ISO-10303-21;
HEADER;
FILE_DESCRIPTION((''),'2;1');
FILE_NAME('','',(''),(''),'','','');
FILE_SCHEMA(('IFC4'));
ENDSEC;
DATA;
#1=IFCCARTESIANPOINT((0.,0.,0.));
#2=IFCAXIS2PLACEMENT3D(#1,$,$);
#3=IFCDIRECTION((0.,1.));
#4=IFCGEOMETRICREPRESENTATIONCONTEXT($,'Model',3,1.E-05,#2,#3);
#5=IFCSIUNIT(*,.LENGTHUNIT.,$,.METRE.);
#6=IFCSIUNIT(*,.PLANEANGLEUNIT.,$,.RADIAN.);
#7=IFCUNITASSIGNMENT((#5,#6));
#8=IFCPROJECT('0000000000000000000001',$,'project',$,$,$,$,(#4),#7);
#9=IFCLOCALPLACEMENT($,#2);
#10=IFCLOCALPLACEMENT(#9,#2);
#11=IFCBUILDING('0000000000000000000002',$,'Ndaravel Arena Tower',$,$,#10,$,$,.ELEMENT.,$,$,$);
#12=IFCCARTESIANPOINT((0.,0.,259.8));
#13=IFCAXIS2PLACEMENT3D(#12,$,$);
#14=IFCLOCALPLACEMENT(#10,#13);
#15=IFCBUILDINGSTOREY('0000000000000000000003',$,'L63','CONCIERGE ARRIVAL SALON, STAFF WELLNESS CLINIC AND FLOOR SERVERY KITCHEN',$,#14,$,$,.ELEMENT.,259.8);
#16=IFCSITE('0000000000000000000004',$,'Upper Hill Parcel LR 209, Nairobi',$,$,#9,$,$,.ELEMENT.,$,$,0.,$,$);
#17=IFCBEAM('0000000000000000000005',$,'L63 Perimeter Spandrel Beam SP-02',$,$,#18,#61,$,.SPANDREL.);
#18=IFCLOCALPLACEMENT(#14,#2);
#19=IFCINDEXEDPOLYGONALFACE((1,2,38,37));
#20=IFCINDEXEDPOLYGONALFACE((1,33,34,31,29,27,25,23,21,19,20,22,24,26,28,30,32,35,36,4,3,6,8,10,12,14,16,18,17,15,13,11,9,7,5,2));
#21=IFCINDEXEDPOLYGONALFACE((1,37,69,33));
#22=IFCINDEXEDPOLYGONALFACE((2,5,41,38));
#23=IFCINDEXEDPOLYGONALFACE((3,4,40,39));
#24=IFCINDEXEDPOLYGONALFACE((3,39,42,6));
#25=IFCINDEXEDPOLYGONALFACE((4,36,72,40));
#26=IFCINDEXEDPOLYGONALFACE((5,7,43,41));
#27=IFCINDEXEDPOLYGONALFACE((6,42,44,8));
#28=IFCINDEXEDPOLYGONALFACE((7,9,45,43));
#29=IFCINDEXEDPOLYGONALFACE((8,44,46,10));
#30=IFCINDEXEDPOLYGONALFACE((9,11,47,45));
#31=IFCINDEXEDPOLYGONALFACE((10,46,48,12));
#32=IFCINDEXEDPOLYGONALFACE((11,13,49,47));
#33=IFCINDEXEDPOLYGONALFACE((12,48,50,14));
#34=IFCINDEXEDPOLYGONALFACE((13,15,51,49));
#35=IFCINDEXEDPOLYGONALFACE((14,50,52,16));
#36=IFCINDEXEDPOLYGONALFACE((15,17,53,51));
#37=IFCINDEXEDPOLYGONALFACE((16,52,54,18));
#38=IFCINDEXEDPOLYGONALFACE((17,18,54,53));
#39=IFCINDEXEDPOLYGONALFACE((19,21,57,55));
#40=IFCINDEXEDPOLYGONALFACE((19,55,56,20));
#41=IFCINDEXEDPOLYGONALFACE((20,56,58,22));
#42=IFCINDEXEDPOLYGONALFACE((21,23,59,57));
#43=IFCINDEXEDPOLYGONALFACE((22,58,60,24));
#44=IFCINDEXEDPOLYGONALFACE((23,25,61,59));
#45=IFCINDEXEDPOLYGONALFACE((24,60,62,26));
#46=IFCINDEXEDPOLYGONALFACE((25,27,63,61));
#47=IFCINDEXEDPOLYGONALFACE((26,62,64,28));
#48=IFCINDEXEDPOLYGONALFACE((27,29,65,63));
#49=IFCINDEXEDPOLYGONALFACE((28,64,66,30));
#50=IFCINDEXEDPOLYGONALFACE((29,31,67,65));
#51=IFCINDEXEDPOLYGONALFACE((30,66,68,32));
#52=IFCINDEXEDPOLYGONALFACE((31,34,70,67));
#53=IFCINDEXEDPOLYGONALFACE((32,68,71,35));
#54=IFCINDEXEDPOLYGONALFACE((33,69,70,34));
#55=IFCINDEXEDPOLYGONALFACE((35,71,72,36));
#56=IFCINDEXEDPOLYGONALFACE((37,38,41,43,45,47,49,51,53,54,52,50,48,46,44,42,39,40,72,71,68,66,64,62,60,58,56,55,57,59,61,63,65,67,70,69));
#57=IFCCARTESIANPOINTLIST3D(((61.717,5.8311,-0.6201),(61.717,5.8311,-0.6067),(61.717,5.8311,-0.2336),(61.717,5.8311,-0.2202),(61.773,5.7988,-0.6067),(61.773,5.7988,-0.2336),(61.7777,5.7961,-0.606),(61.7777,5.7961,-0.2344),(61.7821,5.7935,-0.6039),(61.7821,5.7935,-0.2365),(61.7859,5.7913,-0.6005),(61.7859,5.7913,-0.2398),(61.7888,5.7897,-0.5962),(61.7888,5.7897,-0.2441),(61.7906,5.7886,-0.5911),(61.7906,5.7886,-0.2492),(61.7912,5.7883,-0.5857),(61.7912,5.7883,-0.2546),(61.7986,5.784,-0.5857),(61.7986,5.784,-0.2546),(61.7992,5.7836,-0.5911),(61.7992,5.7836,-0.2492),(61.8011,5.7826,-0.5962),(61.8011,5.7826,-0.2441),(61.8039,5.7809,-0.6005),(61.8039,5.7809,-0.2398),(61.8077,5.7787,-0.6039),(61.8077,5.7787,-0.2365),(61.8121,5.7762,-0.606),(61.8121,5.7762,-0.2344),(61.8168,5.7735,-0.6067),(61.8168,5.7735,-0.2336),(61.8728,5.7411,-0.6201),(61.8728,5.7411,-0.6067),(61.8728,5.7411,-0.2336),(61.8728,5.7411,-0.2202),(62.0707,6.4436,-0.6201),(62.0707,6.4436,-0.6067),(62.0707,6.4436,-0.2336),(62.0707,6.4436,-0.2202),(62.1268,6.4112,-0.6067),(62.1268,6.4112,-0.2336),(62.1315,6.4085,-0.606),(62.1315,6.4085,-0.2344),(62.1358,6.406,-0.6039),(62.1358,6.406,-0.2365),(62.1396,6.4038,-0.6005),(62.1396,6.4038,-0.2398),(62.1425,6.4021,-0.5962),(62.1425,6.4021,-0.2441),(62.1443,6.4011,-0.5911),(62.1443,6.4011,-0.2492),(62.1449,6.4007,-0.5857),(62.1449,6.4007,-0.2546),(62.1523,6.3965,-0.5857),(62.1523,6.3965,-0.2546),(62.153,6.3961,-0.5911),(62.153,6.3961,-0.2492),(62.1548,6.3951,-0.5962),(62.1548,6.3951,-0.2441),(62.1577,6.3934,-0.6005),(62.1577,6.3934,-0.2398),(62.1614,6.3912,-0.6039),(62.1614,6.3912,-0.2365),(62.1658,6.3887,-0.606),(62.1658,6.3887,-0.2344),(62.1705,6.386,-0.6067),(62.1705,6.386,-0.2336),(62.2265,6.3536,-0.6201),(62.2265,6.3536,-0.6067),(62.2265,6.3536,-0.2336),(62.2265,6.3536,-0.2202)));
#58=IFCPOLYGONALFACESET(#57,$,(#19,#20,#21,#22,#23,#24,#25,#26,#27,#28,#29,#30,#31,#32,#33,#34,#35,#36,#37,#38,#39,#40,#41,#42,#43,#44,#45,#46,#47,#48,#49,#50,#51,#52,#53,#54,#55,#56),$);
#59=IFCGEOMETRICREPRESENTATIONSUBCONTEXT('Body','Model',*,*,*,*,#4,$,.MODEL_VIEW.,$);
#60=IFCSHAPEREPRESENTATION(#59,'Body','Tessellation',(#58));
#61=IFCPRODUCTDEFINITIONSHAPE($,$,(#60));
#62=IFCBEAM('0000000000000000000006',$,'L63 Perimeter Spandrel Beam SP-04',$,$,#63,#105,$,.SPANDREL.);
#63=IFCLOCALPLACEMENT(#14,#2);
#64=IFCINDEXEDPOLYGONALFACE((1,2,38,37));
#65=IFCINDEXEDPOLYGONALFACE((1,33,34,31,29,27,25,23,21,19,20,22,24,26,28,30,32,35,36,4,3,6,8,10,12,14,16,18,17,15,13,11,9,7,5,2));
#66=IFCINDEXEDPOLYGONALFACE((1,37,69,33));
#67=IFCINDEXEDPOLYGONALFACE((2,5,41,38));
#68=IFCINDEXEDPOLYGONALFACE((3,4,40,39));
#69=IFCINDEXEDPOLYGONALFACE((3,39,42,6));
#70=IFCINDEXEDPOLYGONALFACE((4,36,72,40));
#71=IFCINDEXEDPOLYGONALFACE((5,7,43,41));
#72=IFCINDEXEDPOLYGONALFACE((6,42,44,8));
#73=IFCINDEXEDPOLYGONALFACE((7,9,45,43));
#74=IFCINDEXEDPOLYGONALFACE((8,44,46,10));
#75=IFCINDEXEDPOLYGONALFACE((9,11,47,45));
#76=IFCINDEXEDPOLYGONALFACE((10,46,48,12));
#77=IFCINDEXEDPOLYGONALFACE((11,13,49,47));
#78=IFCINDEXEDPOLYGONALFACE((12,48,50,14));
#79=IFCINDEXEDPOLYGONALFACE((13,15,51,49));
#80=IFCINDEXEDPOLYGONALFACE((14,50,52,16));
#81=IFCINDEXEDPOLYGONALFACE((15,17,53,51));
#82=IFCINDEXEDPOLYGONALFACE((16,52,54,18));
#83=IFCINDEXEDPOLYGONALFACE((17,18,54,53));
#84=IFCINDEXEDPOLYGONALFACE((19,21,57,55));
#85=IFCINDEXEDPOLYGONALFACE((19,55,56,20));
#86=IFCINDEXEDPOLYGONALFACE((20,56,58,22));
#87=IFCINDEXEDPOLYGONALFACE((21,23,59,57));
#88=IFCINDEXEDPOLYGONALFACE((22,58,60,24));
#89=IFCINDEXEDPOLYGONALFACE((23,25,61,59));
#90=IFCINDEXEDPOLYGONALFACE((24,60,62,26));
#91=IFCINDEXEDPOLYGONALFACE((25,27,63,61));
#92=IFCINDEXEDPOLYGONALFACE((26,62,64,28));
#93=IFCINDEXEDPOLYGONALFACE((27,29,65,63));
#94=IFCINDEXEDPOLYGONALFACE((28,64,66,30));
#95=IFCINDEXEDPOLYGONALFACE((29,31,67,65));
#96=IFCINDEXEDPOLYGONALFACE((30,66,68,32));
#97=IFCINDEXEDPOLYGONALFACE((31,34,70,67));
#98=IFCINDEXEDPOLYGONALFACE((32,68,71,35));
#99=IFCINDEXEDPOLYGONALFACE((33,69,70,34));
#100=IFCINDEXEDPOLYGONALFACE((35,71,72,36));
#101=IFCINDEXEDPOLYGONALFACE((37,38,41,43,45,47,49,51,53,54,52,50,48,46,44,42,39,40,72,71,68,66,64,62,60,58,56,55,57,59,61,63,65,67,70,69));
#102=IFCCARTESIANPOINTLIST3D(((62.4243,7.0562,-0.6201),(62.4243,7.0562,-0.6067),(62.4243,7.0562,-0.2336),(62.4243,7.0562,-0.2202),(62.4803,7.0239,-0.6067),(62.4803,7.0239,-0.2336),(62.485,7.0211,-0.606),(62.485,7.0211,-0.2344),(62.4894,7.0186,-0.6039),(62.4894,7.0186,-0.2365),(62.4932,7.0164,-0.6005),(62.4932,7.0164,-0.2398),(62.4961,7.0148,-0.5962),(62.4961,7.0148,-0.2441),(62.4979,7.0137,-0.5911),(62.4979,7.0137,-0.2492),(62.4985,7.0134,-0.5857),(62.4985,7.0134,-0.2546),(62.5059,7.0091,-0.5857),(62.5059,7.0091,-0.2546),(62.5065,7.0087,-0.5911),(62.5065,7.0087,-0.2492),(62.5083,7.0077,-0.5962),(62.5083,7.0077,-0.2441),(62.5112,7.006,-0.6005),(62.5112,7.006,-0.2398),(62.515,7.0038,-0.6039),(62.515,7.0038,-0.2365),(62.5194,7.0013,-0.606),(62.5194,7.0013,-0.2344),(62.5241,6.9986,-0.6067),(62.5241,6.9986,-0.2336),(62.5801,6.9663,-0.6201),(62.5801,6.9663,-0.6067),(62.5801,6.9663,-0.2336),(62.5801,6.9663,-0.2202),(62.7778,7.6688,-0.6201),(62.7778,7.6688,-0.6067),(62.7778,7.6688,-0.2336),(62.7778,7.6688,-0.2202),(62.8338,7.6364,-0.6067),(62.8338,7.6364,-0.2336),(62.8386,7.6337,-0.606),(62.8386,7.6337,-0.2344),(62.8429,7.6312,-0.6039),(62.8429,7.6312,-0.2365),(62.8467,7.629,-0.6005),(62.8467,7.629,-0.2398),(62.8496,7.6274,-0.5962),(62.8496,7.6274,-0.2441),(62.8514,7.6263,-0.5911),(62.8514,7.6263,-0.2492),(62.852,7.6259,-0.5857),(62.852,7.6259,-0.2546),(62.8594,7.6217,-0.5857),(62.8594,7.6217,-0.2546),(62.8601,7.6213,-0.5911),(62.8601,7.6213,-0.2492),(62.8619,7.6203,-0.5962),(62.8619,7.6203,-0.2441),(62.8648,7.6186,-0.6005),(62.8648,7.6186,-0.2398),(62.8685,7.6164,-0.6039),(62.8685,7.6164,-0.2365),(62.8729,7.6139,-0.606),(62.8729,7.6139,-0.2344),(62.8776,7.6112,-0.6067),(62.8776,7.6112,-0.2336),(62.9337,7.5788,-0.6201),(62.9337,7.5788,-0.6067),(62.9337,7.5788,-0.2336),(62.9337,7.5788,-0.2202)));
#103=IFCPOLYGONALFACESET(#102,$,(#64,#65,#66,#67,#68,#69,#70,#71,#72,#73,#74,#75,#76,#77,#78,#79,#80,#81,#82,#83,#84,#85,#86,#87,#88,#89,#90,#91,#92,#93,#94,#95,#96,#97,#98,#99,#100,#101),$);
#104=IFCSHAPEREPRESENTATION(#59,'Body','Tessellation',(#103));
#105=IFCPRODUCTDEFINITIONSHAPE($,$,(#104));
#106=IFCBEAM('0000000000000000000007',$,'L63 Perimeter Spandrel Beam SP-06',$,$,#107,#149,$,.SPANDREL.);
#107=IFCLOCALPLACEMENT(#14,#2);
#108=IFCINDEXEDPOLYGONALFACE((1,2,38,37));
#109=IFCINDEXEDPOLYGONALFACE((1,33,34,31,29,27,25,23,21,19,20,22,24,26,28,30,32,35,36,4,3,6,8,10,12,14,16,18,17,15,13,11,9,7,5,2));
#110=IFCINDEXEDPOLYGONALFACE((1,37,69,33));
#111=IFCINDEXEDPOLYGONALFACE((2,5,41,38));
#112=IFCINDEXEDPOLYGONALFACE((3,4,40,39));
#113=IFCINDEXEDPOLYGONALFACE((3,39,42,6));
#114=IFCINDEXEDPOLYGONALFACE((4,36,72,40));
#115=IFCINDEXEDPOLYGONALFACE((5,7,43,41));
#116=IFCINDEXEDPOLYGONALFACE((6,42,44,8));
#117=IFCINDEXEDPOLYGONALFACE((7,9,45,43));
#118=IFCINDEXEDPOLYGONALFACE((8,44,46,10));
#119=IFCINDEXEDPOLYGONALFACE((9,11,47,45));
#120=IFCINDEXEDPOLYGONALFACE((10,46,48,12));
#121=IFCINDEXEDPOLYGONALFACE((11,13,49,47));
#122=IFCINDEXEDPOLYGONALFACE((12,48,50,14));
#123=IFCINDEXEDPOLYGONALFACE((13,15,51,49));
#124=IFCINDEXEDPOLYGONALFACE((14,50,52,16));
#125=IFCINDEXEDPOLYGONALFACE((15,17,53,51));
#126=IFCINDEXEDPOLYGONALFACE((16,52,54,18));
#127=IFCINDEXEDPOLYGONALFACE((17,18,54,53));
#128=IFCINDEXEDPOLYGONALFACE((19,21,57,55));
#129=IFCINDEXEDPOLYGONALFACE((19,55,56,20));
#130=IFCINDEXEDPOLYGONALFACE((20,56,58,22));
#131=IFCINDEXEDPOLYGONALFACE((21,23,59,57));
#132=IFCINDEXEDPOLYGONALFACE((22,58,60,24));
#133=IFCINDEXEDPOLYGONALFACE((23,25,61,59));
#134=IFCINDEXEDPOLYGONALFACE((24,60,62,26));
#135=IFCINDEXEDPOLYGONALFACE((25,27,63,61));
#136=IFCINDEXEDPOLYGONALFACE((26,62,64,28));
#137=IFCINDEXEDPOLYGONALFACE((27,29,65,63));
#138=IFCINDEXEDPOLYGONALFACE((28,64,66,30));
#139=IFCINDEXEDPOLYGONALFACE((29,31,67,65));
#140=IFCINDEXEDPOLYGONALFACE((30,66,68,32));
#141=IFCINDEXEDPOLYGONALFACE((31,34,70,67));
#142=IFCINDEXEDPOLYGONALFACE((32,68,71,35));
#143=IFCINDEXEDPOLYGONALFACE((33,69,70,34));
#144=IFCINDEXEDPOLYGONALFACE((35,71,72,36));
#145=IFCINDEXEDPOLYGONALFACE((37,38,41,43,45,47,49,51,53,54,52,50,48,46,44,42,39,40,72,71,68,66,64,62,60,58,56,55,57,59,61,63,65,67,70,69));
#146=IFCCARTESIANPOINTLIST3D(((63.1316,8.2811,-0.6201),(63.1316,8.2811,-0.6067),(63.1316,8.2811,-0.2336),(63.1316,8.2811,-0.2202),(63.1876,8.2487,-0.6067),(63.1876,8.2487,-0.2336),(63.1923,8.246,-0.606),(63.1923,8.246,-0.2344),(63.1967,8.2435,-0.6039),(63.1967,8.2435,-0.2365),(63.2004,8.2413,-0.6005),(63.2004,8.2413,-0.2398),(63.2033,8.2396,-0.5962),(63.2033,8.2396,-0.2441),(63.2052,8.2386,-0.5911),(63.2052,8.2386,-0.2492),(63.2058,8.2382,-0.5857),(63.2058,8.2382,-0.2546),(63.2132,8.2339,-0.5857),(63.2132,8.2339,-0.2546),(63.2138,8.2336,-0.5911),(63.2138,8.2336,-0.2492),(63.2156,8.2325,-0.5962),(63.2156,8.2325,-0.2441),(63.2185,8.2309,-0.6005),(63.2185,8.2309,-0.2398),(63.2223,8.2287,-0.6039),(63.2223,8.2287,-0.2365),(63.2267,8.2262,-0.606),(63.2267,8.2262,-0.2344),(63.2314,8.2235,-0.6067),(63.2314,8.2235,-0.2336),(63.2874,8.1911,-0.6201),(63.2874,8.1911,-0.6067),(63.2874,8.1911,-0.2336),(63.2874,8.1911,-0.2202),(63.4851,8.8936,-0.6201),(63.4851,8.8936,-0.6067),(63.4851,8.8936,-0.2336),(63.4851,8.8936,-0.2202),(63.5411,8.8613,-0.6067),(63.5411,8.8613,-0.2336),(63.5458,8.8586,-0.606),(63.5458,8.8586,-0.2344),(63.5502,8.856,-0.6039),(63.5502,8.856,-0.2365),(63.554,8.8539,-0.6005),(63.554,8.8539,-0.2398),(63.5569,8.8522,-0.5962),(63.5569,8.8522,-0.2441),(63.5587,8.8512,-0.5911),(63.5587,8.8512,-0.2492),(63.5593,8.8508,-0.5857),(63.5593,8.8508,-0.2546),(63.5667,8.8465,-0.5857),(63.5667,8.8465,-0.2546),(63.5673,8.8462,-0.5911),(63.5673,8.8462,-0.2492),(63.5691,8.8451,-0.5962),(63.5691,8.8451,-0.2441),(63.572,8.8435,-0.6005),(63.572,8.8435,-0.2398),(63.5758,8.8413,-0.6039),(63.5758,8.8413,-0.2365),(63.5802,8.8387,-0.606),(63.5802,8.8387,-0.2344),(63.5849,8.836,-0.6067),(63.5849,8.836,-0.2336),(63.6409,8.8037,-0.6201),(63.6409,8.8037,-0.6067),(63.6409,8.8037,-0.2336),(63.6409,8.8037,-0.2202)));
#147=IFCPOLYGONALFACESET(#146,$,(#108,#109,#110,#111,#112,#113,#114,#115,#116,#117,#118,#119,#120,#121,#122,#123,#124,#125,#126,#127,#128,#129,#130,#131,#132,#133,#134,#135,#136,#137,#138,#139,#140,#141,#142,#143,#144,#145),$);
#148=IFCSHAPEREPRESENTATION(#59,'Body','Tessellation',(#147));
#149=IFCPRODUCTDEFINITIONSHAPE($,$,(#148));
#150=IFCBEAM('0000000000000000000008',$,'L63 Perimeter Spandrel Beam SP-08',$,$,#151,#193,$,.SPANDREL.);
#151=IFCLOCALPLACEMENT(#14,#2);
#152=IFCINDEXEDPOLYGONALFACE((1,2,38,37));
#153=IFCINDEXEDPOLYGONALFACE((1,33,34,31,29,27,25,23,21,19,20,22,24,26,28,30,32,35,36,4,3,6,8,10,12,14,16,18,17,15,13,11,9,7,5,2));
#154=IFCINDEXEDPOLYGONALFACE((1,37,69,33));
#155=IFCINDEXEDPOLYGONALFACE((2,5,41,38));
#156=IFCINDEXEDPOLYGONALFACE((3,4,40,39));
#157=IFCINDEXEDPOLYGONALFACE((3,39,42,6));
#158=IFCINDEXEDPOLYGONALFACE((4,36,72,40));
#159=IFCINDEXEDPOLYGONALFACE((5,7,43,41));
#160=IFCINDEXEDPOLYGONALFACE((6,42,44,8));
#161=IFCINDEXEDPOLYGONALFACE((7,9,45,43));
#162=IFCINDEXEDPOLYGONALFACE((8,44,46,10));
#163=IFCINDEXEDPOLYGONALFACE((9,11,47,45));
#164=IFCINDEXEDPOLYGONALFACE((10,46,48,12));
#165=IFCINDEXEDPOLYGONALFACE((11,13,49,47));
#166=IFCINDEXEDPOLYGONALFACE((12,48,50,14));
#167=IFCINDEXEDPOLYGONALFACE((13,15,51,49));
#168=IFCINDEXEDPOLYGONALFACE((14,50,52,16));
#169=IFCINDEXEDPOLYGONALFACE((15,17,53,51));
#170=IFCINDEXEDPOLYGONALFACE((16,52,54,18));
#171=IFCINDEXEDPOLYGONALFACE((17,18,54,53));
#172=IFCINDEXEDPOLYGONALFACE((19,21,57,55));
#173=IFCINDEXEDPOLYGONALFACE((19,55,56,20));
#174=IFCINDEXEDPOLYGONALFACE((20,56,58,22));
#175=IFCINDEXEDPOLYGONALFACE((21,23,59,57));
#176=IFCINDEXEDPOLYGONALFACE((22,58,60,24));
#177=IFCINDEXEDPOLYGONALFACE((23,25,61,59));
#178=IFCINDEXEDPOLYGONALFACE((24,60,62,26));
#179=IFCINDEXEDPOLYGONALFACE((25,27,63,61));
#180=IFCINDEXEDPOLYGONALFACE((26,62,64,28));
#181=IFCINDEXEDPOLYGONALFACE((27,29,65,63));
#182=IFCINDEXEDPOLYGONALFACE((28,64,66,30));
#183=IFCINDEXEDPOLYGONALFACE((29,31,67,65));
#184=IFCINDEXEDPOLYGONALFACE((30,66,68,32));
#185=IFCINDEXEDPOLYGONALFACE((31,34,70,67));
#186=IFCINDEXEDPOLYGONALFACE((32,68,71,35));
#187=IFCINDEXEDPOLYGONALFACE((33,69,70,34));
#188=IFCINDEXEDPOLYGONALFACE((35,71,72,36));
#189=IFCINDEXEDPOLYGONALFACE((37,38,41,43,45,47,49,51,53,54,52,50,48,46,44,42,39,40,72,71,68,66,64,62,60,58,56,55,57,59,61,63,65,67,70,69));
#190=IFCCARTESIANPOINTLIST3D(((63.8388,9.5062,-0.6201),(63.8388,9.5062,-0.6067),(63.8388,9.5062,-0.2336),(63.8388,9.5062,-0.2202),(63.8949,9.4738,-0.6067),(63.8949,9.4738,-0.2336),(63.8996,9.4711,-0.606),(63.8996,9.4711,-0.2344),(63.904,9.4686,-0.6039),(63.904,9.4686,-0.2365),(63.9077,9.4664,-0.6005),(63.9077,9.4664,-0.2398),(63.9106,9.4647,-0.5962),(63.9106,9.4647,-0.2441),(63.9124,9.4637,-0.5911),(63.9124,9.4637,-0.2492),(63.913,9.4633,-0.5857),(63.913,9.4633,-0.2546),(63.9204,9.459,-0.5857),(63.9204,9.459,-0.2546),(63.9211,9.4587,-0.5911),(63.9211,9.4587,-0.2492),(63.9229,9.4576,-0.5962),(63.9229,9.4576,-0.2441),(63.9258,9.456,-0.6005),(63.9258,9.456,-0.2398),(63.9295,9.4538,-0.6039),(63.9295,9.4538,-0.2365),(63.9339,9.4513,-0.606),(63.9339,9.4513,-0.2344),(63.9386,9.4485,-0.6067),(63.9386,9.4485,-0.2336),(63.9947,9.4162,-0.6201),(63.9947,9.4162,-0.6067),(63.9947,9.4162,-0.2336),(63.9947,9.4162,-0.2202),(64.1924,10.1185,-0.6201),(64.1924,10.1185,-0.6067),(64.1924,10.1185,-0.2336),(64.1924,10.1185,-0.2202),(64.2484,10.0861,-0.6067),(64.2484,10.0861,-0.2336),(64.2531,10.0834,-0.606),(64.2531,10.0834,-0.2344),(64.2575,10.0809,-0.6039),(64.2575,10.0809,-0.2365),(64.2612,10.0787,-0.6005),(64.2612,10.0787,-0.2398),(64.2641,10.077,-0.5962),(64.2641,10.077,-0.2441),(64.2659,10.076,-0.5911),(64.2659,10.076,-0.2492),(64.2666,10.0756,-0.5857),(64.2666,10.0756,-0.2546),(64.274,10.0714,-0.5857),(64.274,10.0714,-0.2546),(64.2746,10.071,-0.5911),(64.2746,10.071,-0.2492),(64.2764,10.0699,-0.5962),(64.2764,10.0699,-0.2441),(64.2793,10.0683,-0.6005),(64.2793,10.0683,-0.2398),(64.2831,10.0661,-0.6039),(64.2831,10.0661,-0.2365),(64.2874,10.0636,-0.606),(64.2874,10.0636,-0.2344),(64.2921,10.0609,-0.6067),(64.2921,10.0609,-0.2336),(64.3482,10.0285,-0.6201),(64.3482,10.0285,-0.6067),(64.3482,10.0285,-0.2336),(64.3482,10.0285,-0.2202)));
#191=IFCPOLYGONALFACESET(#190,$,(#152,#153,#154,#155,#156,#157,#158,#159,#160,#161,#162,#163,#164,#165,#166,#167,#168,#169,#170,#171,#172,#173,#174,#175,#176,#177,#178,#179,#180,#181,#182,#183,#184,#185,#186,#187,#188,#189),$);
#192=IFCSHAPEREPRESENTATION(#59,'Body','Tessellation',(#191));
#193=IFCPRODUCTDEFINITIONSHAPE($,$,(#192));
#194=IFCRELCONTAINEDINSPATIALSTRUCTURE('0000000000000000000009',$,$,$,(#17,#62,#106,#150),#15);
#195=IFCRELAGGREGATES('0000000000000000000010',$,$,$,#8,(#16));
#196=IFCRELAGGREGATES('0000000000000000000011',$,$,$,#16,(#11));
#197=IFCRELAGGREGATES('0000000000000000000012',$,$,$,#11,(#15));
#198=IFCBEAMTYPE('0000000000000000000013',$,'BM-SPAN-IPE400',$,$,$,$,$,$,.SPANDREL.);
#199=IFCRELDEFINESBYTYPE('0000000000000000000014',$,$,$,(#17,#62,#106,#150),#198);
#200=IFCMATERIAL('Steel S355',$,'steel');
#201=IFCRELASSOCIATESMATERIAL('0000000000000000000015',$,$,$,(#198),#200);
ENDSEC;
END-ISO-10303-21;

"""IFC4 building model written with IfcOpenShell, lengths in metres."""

from ifc_helpers import new_model, si_unit, direction, frame, origin, origin_2d, place, context, subcontext, project, spatial, i_section, extrude, material, material_profile, profile_set, type_object, element, save


model = new_model("IFC4")

# Units and contexts
model_context = context("Model", 3, precision=1e-05, world=origin(), true_north=direction((0.0, 1.0)))
body_context = subcontext(model_context, "Body", "Model", "MODEL_VIEW")
ifc_project = project(units=[si_unit("LENGTHUNIT", "METRE"), si_unit("PLANEANGLEUNIT", "RADIAN")], contexts=[model_context])

# Site, building, storey
site_placement = place(None, origin())
site = spatial("IfcSite", under=ifc_project, at=site_placement, Name="Upper Hill Parcel LR 209, Nairobi", CompositionType="ELEMENT", RefElevation=0.0)
building_placement = place(site_placement, origin())
building = spatial("IfcBuilding", under=site, at=building_placement, Name="Ndaravel Arena Tower", CompositionType="ELEMENT")
storey_placement = place(building_placement, frame((0.0, 0.0, 259.8)))
storey = spatial("IfcBuildingStorey", under=building, at=storey_placement, Name="L63", Description="CONCIERGE ARRIVAL SALON, STAFF WELLNESS CLINIC AND FLOOR SERVERY KITCHEN", CompositionType="ELEMENT", Elevation=259.8)

# Beams
ifc_material_1 = material(Name="Steel S355", Category="steel")
ifc_material_profile_1 = material_profile(ifc_material_1, i_section(OverallWidth=0.1799, OverallDepth=0.3999, WebThickness=0.0085, FlangeThickness=0.0134, FilletRadius=0.021, at=origin_2d()), Name="IPE 400")
ifc_profile_set_1 = profile_set([ifc_material_profile_1], Name="Steel S355")
beam_type = type_object("IfcBeamType", Name="BM-SPAN-IPE400", PredefinedType="SPANDREL", material=ifc_profile_set_1)
for number, where, z_axis, x_axis, name in (
    (1, (61.7949, 5.7861, -0.4202), (0.500111, 0.865961, 0.0), (-0.865961, 0.500111, 0.0), "L63 Perimeter Spandrel Beam SP-02"),
    (2, (62.5022, 7.0112, -0.4202), (0.499852, 0.866111, 0.0), (-0.866111, 0.499852, 0.0), "L63 Perimeter Spandrel Beam SP-04"),
    (3, (63.2095, 8.2361, -0.4202), (0.499852, 0.866111, 0.0), (-0.866111, 0.499852, 0.0), "L63 Perimeter Spandrel Beam SP-06"),
):
    element("IfcBeam", number, at=place(storey_placement, frame(where, z_axis=z_axis, x_axis=x_axis)), inside=storey, type_object=beam_type, Name=name, PredefinedType="SPANDREL", context=body_context, shape_type="SweptSolid", body=[
        extrude(i_section(OverallWidth=0.1799, OverallDepth=0.3999, WebThickness=0.0085, FlangeThickness=0.0134, FilletRadius=0.021, at=origin_2d()), origin(), (0.0, 0.0, 1.0), 0.7073),
    ])
beam_1_placement = place(storey_placement, frame((63.9167, 9.4612, -0.4202), z_axis=(0.500001, 0.866025, 0.0), x_axis=(-0.866025, 0.500001, 0.0)))
element("IfcBeam", 4, at=beam_1_placement, inside=storey, type_object=beam_type, Name="L63 Perimeter Spandrel Beam SP-08", PredefinedType="SPANDREL", context=body_context, shape_type="SweptSolid", body=[
    extrude(i_section(OverallWidth=0.1799, OverallDepth=0.3999, WebThickness=0.0085, FlangeThickness=0.0134, FilletRadius=0.021, at=origin_2d()), origin(), (0.0, 0.0, 1.0), 0.707),
])

save(model, "model.ifc")
